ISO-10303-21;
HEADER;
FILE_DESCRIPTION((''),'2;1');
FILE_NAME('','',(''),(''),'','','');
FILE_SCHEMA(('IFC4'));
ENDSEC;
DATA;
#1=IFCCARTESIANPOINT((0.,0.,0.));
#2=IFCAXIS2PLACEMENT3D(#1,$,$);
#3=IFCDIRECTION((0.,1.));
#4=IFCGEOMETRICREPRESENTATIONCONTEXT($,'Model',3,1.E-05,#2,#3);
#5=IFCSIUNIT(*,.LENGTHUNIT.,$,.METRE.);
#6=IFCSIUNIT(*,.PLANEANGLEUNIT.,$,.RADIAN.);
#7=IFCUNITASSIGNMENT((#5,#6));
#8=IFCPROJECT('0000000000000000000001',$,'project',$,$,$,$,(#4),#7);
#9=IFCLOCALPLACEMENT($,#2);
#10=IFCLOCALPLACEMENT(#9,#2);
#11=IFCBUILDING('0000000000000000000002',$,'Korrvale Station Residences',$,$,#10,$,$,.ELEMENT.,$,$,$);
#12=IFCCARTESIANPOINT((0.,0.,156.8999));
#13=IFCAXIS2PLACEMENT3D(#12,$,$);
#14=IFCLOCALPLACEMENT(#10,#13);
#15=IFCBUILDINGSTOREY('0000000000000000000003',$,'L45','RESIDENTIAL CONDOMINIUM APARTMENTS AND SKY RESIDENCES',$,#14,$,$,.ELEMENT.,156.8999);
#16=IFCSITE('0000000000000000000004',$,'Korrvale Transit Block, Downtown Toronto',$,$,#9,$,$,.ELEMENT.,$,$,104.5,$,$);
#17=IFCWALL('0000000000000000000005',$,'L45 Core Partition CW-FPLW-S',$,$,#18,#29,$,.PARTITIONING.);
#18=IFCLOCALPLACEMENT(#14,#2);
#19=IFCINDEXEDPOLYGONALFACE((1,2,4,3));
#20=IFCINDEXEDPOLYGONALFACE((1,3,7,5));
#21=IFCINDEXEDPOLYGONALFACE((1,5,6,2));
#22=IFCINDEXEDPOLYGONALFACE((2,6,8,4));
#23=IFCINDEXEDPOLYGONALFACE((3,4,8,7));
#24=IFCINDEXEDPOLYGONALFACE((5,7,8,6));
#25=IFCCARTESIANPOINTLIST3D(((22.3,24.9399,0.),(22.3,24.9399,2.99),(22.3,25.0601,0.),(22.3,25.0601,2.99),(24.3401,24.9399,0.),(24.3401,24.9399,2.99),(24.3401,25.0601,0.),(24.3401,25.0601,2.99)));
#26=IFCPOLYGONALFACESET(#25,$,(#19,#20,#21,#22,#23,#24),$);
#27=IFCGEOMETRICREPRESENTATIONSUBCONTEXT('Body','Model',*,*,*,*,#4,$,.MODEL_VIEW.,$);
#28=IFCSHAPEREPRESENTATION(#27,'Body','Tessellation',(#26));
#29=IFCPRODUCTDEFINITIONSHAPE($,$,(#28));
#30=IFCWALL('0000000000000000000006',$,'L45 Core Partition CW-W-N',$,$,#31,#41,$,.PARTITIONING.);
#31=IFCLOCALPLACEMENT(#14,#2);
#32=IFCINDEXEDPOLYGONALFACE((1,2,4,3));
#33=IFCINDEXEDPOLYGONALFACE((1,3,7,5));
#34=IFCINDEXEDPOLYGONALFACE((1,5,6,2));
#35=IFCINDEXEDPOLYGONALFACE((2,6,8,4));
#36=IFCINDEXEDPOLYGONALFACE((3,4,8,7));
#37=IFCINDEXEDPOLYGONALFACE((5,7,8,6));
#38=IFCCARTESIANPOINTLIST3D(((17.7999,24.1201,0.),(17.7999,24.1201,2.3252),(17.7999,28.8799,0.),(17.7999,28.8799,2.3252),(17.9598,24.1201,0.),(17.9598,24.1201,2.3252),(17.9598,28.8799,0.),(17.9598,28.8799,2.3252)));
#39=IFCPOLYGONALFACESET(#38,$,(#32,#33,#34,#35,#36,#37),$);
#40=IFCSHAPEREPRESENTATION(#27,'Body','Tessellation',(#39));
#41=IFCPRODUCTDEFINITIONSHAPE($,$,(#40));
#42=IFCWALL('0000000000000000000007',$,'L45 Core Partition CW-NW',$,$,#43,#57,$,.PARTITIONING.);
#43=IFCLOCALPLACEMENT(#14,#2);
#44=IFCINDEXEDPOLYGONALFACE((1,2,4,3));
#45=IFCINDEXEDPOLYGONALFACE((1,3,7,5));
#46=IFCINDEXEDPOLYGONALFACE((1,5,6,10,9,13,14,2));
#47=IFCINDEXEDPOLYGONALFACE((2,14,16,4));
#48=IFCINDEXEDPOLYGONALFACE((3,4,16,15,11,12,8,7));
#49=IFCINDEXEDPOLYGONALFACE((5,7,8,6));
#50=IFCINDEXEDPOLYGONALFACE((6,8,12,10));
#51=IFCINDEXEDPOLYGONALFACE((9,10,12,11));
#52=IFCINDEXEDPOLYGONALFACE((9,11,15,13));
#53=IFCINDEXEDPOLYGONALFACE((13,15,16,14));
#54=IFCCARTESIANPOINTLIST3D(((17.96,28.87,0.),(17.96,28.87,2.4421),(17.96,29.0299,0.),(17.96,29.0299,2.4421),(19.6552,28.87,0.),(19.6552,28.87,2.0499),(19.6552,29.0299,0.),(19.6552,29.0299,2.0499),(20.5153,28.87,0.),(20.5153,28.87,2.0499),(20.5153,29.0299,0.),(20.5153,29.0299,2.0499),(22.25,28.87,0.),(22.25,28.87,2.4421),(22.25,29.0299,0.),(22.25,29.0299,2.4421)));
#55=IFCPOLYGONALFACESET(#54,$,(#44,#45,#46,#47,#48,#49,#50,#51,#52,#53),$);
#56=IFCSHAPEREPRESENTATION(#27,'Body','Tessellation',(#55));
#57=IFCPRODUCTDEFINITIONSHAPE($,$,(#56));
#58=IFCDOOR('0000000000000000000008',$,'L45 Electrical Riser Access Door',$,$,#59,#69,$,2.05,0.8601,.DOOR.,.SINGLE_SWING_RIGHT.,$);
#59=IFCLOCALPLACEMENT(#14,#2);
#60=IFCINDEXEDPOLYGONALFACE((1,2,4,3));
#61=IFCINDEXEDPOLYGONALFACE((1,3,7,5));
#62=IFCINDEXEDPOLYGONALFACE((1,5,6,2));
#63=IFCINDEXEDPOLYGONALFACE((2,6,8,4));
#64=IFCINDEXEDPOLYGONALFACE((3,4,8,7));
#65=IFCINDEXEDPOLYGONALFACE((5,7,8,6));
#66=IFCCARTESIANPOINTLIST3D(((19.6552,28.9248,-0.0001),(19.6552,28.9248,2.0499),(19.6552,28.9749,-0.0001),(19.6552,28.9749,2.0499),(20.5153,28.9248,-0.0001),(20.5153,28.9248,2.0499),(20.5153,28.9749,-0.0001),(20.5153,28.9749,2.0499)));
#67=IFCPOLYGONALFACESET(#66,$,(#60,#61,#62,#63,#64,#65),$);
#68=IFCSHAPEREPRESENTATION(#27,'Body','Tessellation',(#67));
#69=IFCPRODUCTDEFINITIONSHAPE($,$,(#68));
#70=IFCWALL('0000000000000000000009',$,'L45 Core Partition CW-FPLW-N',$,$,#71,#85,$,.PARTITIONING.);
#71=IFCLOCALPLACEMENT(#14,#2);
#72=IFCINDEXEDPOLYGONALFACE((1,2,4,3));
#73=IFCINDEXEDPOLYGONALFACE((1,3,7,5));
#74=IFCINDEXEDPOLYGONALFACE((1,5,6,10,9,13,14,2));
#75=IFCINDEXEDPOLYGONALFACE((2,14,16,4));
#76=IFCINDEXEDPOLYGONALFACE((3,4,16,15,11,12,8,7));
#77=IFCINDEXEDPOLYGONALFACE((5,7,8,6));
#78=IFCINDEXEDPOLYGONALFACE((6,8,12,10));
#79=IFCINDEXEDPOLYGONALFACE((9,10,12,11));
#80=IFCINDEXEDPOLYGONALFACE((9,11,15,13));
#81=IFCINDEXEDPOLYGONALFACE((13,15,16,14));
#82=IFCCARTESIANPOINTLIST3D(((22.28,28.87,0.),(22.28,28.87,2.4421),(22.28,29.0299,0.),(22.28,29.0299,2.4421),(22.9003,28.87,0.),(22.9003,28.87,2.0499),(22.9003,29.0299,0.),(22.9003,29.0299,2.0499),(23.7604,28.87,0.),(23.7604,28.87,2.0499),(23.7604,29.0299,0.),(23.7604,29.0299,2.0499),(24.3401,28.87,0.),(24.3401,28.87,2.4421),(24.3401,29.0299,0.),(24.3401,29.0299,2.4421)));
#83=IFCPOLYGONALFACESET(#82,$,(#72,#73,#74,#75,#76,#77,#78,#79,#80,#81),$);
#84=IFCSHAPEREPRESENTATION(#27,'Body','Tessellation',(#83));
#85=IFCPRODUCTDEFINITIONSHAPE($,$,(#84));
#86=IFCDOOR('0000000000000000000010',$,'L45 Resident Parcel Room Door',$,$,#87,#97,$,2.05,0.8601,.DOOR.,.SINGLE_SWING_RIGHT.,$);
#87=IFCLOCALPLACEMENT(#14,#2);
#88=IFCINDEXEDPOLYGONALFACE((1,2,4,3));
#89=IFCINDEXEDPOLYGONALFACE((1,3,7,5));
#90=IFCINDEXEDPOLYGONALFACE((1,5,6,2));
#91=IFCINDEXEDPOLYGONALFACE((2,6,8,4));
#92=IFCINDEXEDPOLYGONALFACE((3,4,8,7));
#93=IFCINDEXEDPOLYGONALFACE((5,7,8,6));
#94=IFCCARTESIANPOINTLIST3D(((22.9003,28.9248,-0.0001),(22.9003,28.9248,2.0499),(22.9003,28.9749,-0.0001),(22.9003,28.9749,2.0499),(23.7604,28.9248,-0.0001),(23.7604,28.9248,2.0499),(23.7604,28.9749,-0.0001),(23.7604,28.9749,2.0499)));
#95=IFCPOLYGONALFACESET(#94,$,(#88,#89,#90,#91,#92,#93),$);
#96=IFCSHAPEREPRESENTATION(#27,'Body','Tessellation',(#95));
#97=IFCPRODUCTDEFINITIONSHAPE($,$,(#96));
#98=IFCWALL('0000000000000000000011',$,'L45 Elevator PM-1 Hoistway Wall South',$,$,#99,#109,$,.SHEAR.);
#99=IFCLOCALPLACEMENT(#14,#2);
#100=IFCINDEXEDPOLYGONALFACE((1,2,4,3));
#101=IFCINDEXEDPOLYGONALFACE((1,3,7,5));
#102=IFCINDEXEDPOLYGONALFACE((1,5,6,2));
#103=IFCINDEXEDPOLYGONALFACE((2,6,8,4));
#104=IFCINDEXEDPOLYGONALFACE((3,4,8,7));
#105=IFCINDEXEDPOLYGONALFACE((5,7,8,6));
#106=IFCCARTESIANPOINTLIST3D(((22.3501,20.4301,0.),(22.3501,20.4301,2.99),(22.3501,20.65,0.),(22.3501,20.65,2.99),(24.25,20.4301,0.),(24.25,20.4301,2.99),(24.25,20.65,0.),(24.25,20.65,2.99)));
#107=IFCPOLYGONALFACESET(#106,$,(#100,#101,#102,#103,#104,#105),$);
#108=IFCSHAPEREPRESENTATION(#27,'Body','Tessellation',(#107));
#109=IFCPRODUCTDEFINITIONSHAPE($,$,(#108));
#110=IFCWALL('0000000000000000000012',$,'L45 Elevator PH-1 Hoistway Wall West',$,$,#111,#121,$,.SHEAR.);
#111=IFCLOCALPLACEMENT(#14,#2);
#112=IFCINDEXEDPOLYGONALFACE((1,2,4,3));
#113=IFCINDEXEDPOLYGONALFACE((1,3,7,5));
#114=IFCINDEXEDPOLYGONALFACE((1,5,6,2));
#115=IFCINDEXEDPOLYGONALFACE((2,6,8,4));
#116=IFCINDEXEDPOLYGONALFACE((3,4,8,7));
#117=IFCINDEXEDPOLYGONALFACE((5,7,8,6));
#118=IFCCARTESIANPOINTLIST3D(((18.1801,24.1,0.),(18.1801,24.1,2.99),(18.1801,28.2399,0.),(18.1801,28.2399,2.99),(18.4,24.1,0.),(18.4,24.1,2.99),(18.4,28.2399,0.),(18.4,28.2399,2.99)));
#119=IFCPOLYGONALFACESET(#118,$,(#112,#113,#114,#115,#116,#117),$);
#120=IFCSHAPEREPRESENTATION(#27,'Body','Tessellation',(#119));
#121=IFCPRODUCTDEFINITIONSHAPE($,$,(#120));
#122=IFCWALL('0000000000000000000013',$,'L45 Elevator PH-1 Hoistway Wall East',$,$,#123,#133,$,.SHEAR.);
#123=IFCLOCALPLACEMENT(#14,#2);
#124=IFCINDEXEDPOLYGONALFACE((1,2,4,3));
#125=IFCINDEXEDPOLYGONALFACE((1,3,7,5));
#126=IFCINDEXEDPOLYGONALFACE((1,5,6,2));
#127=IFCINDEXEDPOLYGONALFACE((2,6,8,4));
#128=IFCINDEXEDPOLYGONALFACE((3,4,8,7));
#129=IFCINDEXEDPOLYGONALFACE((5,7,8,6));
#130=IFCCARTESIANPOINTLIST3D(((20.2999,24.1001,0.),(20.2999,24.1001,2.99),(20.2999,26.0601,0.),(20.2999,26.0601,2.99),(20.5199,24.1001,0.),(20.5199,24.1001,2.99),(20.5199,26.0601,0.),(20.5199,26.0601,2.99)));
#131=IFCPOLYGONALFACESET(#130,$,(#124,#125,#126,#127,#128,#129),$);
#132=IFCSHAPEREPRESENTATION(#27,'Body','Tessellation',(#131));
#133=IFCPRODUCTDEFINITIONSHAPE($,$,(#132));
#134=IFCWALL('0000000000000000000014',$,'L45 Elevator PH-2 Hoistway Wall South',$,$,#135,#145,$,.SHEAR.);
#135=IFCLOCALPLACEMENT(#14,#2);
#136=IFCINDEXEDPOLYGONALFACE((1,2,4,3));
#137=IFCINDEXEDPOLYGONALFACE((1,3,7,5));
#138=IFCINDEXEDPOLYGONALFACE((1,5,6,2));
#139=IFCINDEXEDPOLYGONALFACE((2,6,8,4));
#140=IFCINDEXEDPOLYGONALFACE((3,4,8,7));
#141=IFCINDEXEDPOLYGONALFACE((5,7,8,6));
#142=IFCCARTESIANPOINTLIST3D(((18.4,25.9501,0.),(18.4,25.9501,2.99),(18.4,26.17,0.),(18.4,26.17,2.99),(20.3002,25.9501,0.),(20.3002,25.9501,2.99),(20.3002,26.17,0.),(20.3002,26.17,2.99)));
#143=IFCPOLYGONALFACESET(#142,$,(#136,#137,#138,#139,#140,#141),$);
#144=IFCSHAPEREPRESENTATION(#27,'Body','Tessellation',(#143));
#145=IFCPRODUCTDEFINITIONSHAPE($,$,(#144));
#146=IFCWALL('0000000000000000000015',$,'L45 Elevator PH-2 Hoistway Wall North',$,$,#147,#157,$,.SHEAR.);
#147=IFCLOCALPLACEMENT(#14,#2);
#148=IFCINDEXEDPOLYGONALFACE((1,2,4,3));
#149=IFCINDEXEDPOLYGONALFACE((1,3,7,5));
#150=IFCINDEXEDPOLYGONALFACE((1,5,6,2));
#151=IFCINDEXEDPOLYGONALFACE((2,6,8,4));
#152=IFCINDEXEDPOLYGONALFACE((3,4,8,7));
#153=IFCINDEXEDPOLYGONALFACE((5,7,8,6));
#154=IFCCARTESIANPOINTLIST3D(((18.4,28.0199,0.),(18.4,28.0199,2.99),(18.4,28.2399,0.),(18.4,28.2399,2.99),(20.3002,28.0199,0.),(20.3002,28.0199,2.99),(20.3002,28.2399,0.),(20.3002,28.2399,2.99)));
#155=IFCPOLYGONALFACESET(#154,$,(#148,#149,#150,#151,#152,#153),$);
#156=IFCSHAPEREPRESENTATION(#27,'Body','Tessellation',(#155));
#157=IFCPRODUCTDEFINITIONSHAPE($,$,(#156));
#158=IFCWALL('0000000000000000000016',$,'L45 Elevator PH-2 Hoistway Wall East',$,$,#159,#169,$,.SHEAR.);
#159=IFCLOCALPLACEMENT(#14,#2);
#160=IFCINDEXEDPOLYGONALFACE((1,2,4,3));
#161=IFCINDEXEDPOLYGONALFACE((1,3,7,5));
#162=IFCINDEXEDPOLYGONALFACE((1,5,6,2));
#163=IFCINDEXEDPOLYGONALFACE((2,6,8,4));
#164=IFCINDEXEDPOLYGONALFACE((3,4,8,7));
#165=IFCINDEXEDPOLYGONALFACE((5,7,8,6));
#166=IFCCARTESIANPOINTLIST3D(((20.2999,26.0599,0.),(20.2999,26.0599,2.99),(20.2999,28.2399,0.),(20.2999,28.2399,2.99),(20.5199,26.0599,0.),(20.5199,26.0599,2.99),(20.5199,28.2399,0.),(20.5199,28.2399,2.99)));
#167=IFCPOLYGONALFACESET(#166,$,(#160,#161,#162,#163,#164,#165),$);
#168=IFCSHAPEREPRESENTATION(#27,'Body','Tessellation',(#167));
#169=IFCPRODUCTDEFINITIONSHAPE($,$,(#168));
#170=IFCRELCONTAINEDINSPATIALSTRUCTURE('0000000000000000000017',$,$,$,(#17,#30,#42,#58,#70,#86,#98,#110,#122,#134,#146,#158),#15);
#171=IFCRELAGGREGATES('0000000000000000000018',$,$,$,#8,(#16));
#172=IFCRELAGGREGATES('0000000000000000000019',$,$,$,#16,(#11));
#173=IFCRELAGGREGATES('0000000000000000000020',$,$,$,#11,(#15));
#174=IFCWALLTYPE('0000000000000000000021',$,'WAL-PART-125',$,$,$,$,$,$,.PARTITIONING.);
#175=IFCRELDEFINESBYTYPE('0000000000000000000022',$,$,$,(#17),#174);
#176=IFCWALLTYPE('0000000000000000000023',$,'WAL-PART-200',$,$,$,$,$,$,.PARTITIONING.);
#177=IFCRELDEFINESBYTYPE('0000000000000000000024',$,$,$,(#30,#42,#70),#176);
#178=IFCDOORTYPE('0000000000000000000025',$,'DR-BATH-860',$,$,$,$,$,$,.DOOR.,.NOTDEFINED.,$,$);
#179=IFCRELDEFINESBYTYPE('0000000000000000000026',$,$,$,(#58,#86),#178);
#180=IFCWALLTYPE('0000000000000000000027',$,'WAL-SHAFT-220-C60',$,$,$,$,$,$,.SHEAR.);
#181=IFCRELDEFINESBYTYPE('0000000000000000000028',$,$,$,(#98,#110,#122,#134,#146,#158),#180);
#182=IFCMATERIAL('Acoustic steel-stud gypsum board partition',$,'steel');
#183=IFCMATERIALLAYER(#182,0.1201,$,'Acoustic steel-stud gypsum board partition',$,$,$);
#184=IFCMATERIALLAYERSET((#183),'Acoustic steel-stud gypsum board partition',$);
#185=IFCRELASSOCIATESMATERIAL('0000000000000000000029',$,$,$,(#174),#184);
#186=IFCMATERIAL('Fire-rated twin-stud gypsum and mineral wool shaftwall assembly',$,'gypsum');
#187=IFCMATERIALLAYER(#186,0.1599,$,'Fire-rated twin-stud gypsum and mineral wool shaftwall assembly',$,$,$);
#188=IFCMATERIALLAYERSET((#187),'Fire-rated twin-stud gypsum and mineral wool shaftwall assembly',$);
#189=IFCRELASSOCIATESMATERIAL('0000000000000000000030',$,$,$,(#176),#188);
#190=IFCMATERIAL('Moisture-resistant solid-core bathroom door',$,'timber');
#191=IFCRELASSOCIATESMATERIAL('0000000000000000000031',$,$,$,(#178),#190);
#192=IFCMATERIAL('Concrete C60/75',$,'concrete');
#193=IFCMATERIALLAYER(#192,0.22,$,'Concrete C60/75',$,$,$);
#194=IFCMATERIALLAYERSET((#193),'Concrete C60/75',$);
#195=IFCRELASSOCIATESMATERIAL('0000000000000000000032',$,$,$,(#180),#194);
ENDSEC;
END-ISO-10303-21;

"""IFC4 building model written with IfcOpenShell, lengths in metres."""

from ifc_helpers import new_model, si_unit, direction, frame, frame_2d, origin, place, context, subcontext, project, spatial, rectangle, extrude, material, layer, layer_set, type_object, element, fill, save


model = new_model("IFC4")

# Units and contexts
model_context = context("Model", 3, precision=1e-05, world=origin(), true_north=direction((0.0, 1.0)))
body_context = subcontext(model_context, "Body", "Model", "MODEL_VIEW")
ifc_project = project(units=[si_unit("LENGTHUNIT", "METRE"), si_unit("PLANEANGLEUNIT", "RADIAN")], contexts=[model_context])

# Site, building, storey
site_placement = place(None, origin())
site = spatial("IfcSite", under=ifc_project, at=site_placement, Name="Korrvale Transit Block, Downtown Toronto", CompositionType="ELEMENT", RefElevation=104.5)
building_placement = place(site_placement, origin())
building = spatial("IfcBuilding", under=site, at=building_placement, Name="Korrvale Station Residences", CompositionType="ELEMENT")
storey_placement = place(building_placement, frame((0.0, 0.0, 156.8999)))
storey = spatial("IfcBuildingStorey", under=building, at=storey_placement, Name="L45", Description="RESIDENTIAL CONDOMINIUM APARTMENTS AND SKY RESIDENCES", CompositionType="ELEMENT", Elevation=156.8999)

# Shared definitions
ifc_material_1 = material(Name="Concrete C60/75", Category="concrete")

# Walls
ifc_material_2 = material(Name="Acoustic steel-stud gypsum board partition", Category="steel")
ifc_layer_1 = layer(ifc_material_2, 0.1201, Name="Acoustic steel-stud gypsum board partition")
ifc_layer_set_1 = layer_set([ifc_layer_1], Name="Acoustic steel-stud gypsum board partition")
wall_type_1 = type_object("IfcWallType", Name="WAL-PART-125", PredefinedType="PARTITIONING", material=ifc_layer_set_1)
wall_1_placement = place(storey_placement, frame((22.3, 25.0, 0.0), z_axis=(0.0, 0.0, 1.0), x_axis=(1.0, 0.0, 0.0)))
element("IfcWall", 1, at=wall_1_placement, inside=storey, type_object=wall_type_1, Name="L45 Core Partition CW-FPLW-S", PredefinedType="PARTITIONING", context=body_context, shape_type="SweptSolid", body=[
    extrude(rectangle(XDim=2.04, YDim=0.1201, at=frame_2d((1.02, 0.0))), origin(), (0.0, 0.0, 1.0), 2.99),
])
ifc_material_3 = material(Name="Fire-rated twin-stud gypsum and mineral wool shaftwall assembly", Category="gypsum")
ifc_layer_2 = layer(ifc_material_3, 0.1599, Name="Fire-rated twin-stud gypsum and mineral wool shaftwall assembly")
ifc_layer_set_2 = layer_set([ifc_layer_2], Name="Fire-rated twin-stud gypsum and mineral wool shaftwall assembly")
wall_type_2 = type_object("IfcWallType", Name="WAL-PART-200", PredefinedType="PARTITIONING", material=ifc_layer_set_2)
wall_2_placement = place(storey_placement, frame((17.8799, 24.1201, 0.0), z_axis=(0.0, 0.0, 1.0), x_axis=(0.0, 1.0, 0.0)))
element("IfcWall", 2, at=wall_2_placement, inside=storey, type_object=wall_type_2, Name="L45 Core Partition CW-W-N", PredefinedType="PARTITIONING", context=body_context, shape_type="SweptSolid", body=[
    extrude(rectangle(XDim=4.7598, YDim=0.1599, at=frame_2d((2.3799, 0.0))), origin(), (0.0, 0.0, 1.0), 2.3252),
])

# Walls, openings, doors
wall_3_placement = place(storey_placement, frame((17.96, 28.95, 0.0), z_axis=(0.0, 0.0, 1.0), x_axis=(1.0, 0.0, 0.0)))
wall_3 = element("IfcWall", 3, at=wall_3_placement, inside=storey, type_object=wall_type_2, Name="L45 Core Partition CW-NW", PredefinedType="PARTITIONING", context=body_context, shape_type="SweptSolid", body=[
    extrude(rectangle(XDim=4.29, YDim=0.1599, at=frame_2d((2.145, 0.0))), origin(), (0.0, 0.0, 1.0), 2.4421),
])
opening_1_placement = place(wall_3_placement, frame((1.6951, 0.0, 0.0)))
opening_1 = element("IfcOpeningElement", 4, at=opening_1_placement, cuts=wall_3, PredefinedType="OPENING", context=body_context, shape_type="SweptSolid", body=[
    extrude(rectangle(XDim=0.8601, YDim=2.05, at=frame_2d((0.4302, 1.0249))), frame((0.0, 0.0898, 0.0), z_axis=(0.0, -1.0, 0.0), x_axis=(1.0, 0.0, 0.0)), (0.0, 0.0, 1.0), 0.1799),
])
ifc_material_4 = material(Name="Moisture-resistant solid-core bathroom door", Category="timber")
door_type_1 = type_object("IfcDoorType", Name="DR-BATH-860", OperationType="NOTDEFINED", PredefinedType="DOOR", material=ifc_material_4)
door_1_placement = place(opening_1_placement, origin())
door_1 = element("IfcDoor", 5, at=door_1_placement, inside=storey, type_object=door_type_1, Name="L45 Electrical Riser Access Door", OperationType="SINGLE_SWING_RIGHT", OverallHeight=2.05, OverallWidth=0.8601, PredefinedType="DOOR", context=body_context, shape_type="SweptSolid", body=[
    extrude(rectangle(XDim=0.8601, YDim=2.05, at=frame_2d((0.4302, 1.0249))), frame((0.0, 0.0249, 0.0), z_axis=(0.0, -1.0, 0.0), x_axis=(1.0, 0.0, 0.0)), (0.0, 0.0, 1.0), 0.05),
])
fill(opening_1, door_1)
wall_4_placement = place(storey_placement, frame((22.28, 28.95, 0.0), z_axis=(0.0, 0.0, 1.0), x_axis=(1.0, 0.0, 0.0)))
wall_4 = element("IfcWall", 6, at=wall_4_placement, inside=storey, type_object=wall_type_2, Name="L45 Core Partition CW-FPLW-N", PredefinedType="PARTITIONING", context=body_context, shape_type="SweptSolid", body=[
    extrude(rectangle(XDim=2.0601, YDim=0.1599, at=frame_2d((1.03, 0.0))), origin(), (0.0, 0.0, 1.0), 2.4421),
])
opening_2_placement = place(wall_4_placement, frame((0.6201, 0.0, 0.0)))
opening_2 = element("IfcOpeningElement", 7, at=opening_2_placement, cuts=wall_4, PredefinedType="OPENING", context=body_context, shape_type="SweptSolid", body=[
    extrude(rectangle(XDim=0.8601, YDim=2.05, at=frame_2d((0.4302, 1.0249))), frame((0.0, 0.0898, 0.0), z_axis=(0.0, -1.0, 0.0), x_axis=(1.0, 0.0, 0.0)), (0.0, 0.0, 1.0), 0.1799),
])
door_2_placement = place(opening_2_placement, origin())
door_2 = element("IfcDoor", 8, at=door_2_placement, inside=storey, type_object=door_type_1, Name="L45 Resident Parcel Room Door", OperationType="SINGLE_SWING_RIGHT", OverallHeight=2.05, OverallWidth=0.8601, PredefinedType="DOOR", context=body_context, shape_type="SweptSolid", body=[
    extrude(rectangle(XDim=0.8601, YDim=2.05, at=frame_2d((0.4302, 1.0249))), frame((0.0, 0.0249, 0.0), z_axis=(0.0, -1.0, 0.0), x_axis=(1.0, 0.0, 0.0)), (0.0, 0.0, 1.0), 0.05),
])
fill(opening_2, door_2)

# Wall
ifc_layer_3 = layer(ifc_material_1, 0.22, Name="Concrete C60/75")
ifc_layer_set_3 = layer_set([ifc_layer_3], Name="Concrete C60/75")
wall_type_3 = type_object("IfcWallType", Name="WAL-SHAFT-220-C60", PredefinedType="SHEAR", material=ifc_layer_set_3)
wall_5_placement = place(storey_placement, frame((22.3501, 20.54, 0.0), z_axis=(0.0, 0.0, 1.0), x_axis=(1.0, 0.0, 0.0)))
element("IfcWall", 9, at=wall_5_placement, inside=storey, type_object=wall_type_3, Name="L45 Elevator PM-1 Hoistway Wall South", PredefinedType="SHEAR", context=body_context, shape_type="SweptSolid", body=[
    extrude(rectangle(XDim=1.8999, YDim=0.22, at=frame_2d((0.95, 0.0))), origin(), (0.0, 0.0, 1.0), 2.99),
])

# Walls
wall_6_placement = place(storey_placement, frame((18.29, 24.1001, 0.0), z_axis=(0.0, 0.0, 1.0), x_axis=(0.0, 1.0, 0.0)))
element("IfcWall", 10, at=wall_6_placement, inside=storey, type_object=wall_type_3, Name="L45 Elevator PH-1 Hoistway Wall West", PredefinedType="SHEAR", context=body_context, shape_type="SweptSolid", body=[
    extrude(rectangle(XDim=4.1399, YDim=0.22, at=frame_2d((2.0698, 0.0))), origin(), (0.0, 0.0, 1.0), 2.99),
])
wall_7_placement = place(storey_placement, frame((20.4099, 24.1001, 0.0), z_axis=(0.0, 0.0, 1.0), x_axis=(0.0, 1.0, 0.0)))
element("IfcWall", 11, at=wall_7_placement, inside=storey, type_object=wall_type_3, Name="L45 Elevator PH-1 Hoistway Wall East", PredefinedType="SHEAR", context=body_context, shape_type="SweptSolid", body=[
    extrude(rectangle(XDim=1.96, YDim=0.22, at=frame_2d((0.98, 0.0))), origin(), (0.0, 0.0, 1.0), 2.99),
])
for number, where, z_axis, x_axis, name in (
    (12, (18.3999, 26.0601, 0.0), (0.0, 0.0, 1.0), (1.0, 0.0, 0.0), "L45 Elevator PH-2 Hoistway Wall South"),
    (13, (18.3999, 28.1299, 0.0), (0.0, 0.0, 1.0), (1.0, 0.0, 0.0), "L45 Elevator PH-2 Hoistway Wall North"),
):
    element("IfcWall", number, at=place(storey_placement, frame(where, z_axis=z_axis, x_axis=x_axis)), inside=storey, type_object=wall_type_3, Name=name, PredefinedType="SHEAR", context=body_context, shape_type="SweptSolid", body=[
        extrude(rectangle(XDim=1.9001, YDim=0.22, at=frame_2d((0.9502, 0.0))), origin(), (0.0, 0.0, 1.0), 2.99),
    ])
wall_8_placement = place(storey_placement, frame((20.4099, 26.0601, 0.0), z_axis=(0.0, 0.0, 1.0), x_axis=(0.0, 1.0, 0.0)))
element("IfcWall", 14, at=wall_8_placement, inside=storey, type_object=wall_type_3, Name="L45 Elevator PH-2 Hoistway Wall East", PredefinedType="SHEAR", context=body_context, shape_type="SweptSolid", body=[
    extrude(rectangle(XDim=2.1799, YDim=0.22, at=frame_2d((1.0898, 0.0))), origin(), (0.0, 0.0, 1.0), 2.99),
])

save(model, "model.ifc")
